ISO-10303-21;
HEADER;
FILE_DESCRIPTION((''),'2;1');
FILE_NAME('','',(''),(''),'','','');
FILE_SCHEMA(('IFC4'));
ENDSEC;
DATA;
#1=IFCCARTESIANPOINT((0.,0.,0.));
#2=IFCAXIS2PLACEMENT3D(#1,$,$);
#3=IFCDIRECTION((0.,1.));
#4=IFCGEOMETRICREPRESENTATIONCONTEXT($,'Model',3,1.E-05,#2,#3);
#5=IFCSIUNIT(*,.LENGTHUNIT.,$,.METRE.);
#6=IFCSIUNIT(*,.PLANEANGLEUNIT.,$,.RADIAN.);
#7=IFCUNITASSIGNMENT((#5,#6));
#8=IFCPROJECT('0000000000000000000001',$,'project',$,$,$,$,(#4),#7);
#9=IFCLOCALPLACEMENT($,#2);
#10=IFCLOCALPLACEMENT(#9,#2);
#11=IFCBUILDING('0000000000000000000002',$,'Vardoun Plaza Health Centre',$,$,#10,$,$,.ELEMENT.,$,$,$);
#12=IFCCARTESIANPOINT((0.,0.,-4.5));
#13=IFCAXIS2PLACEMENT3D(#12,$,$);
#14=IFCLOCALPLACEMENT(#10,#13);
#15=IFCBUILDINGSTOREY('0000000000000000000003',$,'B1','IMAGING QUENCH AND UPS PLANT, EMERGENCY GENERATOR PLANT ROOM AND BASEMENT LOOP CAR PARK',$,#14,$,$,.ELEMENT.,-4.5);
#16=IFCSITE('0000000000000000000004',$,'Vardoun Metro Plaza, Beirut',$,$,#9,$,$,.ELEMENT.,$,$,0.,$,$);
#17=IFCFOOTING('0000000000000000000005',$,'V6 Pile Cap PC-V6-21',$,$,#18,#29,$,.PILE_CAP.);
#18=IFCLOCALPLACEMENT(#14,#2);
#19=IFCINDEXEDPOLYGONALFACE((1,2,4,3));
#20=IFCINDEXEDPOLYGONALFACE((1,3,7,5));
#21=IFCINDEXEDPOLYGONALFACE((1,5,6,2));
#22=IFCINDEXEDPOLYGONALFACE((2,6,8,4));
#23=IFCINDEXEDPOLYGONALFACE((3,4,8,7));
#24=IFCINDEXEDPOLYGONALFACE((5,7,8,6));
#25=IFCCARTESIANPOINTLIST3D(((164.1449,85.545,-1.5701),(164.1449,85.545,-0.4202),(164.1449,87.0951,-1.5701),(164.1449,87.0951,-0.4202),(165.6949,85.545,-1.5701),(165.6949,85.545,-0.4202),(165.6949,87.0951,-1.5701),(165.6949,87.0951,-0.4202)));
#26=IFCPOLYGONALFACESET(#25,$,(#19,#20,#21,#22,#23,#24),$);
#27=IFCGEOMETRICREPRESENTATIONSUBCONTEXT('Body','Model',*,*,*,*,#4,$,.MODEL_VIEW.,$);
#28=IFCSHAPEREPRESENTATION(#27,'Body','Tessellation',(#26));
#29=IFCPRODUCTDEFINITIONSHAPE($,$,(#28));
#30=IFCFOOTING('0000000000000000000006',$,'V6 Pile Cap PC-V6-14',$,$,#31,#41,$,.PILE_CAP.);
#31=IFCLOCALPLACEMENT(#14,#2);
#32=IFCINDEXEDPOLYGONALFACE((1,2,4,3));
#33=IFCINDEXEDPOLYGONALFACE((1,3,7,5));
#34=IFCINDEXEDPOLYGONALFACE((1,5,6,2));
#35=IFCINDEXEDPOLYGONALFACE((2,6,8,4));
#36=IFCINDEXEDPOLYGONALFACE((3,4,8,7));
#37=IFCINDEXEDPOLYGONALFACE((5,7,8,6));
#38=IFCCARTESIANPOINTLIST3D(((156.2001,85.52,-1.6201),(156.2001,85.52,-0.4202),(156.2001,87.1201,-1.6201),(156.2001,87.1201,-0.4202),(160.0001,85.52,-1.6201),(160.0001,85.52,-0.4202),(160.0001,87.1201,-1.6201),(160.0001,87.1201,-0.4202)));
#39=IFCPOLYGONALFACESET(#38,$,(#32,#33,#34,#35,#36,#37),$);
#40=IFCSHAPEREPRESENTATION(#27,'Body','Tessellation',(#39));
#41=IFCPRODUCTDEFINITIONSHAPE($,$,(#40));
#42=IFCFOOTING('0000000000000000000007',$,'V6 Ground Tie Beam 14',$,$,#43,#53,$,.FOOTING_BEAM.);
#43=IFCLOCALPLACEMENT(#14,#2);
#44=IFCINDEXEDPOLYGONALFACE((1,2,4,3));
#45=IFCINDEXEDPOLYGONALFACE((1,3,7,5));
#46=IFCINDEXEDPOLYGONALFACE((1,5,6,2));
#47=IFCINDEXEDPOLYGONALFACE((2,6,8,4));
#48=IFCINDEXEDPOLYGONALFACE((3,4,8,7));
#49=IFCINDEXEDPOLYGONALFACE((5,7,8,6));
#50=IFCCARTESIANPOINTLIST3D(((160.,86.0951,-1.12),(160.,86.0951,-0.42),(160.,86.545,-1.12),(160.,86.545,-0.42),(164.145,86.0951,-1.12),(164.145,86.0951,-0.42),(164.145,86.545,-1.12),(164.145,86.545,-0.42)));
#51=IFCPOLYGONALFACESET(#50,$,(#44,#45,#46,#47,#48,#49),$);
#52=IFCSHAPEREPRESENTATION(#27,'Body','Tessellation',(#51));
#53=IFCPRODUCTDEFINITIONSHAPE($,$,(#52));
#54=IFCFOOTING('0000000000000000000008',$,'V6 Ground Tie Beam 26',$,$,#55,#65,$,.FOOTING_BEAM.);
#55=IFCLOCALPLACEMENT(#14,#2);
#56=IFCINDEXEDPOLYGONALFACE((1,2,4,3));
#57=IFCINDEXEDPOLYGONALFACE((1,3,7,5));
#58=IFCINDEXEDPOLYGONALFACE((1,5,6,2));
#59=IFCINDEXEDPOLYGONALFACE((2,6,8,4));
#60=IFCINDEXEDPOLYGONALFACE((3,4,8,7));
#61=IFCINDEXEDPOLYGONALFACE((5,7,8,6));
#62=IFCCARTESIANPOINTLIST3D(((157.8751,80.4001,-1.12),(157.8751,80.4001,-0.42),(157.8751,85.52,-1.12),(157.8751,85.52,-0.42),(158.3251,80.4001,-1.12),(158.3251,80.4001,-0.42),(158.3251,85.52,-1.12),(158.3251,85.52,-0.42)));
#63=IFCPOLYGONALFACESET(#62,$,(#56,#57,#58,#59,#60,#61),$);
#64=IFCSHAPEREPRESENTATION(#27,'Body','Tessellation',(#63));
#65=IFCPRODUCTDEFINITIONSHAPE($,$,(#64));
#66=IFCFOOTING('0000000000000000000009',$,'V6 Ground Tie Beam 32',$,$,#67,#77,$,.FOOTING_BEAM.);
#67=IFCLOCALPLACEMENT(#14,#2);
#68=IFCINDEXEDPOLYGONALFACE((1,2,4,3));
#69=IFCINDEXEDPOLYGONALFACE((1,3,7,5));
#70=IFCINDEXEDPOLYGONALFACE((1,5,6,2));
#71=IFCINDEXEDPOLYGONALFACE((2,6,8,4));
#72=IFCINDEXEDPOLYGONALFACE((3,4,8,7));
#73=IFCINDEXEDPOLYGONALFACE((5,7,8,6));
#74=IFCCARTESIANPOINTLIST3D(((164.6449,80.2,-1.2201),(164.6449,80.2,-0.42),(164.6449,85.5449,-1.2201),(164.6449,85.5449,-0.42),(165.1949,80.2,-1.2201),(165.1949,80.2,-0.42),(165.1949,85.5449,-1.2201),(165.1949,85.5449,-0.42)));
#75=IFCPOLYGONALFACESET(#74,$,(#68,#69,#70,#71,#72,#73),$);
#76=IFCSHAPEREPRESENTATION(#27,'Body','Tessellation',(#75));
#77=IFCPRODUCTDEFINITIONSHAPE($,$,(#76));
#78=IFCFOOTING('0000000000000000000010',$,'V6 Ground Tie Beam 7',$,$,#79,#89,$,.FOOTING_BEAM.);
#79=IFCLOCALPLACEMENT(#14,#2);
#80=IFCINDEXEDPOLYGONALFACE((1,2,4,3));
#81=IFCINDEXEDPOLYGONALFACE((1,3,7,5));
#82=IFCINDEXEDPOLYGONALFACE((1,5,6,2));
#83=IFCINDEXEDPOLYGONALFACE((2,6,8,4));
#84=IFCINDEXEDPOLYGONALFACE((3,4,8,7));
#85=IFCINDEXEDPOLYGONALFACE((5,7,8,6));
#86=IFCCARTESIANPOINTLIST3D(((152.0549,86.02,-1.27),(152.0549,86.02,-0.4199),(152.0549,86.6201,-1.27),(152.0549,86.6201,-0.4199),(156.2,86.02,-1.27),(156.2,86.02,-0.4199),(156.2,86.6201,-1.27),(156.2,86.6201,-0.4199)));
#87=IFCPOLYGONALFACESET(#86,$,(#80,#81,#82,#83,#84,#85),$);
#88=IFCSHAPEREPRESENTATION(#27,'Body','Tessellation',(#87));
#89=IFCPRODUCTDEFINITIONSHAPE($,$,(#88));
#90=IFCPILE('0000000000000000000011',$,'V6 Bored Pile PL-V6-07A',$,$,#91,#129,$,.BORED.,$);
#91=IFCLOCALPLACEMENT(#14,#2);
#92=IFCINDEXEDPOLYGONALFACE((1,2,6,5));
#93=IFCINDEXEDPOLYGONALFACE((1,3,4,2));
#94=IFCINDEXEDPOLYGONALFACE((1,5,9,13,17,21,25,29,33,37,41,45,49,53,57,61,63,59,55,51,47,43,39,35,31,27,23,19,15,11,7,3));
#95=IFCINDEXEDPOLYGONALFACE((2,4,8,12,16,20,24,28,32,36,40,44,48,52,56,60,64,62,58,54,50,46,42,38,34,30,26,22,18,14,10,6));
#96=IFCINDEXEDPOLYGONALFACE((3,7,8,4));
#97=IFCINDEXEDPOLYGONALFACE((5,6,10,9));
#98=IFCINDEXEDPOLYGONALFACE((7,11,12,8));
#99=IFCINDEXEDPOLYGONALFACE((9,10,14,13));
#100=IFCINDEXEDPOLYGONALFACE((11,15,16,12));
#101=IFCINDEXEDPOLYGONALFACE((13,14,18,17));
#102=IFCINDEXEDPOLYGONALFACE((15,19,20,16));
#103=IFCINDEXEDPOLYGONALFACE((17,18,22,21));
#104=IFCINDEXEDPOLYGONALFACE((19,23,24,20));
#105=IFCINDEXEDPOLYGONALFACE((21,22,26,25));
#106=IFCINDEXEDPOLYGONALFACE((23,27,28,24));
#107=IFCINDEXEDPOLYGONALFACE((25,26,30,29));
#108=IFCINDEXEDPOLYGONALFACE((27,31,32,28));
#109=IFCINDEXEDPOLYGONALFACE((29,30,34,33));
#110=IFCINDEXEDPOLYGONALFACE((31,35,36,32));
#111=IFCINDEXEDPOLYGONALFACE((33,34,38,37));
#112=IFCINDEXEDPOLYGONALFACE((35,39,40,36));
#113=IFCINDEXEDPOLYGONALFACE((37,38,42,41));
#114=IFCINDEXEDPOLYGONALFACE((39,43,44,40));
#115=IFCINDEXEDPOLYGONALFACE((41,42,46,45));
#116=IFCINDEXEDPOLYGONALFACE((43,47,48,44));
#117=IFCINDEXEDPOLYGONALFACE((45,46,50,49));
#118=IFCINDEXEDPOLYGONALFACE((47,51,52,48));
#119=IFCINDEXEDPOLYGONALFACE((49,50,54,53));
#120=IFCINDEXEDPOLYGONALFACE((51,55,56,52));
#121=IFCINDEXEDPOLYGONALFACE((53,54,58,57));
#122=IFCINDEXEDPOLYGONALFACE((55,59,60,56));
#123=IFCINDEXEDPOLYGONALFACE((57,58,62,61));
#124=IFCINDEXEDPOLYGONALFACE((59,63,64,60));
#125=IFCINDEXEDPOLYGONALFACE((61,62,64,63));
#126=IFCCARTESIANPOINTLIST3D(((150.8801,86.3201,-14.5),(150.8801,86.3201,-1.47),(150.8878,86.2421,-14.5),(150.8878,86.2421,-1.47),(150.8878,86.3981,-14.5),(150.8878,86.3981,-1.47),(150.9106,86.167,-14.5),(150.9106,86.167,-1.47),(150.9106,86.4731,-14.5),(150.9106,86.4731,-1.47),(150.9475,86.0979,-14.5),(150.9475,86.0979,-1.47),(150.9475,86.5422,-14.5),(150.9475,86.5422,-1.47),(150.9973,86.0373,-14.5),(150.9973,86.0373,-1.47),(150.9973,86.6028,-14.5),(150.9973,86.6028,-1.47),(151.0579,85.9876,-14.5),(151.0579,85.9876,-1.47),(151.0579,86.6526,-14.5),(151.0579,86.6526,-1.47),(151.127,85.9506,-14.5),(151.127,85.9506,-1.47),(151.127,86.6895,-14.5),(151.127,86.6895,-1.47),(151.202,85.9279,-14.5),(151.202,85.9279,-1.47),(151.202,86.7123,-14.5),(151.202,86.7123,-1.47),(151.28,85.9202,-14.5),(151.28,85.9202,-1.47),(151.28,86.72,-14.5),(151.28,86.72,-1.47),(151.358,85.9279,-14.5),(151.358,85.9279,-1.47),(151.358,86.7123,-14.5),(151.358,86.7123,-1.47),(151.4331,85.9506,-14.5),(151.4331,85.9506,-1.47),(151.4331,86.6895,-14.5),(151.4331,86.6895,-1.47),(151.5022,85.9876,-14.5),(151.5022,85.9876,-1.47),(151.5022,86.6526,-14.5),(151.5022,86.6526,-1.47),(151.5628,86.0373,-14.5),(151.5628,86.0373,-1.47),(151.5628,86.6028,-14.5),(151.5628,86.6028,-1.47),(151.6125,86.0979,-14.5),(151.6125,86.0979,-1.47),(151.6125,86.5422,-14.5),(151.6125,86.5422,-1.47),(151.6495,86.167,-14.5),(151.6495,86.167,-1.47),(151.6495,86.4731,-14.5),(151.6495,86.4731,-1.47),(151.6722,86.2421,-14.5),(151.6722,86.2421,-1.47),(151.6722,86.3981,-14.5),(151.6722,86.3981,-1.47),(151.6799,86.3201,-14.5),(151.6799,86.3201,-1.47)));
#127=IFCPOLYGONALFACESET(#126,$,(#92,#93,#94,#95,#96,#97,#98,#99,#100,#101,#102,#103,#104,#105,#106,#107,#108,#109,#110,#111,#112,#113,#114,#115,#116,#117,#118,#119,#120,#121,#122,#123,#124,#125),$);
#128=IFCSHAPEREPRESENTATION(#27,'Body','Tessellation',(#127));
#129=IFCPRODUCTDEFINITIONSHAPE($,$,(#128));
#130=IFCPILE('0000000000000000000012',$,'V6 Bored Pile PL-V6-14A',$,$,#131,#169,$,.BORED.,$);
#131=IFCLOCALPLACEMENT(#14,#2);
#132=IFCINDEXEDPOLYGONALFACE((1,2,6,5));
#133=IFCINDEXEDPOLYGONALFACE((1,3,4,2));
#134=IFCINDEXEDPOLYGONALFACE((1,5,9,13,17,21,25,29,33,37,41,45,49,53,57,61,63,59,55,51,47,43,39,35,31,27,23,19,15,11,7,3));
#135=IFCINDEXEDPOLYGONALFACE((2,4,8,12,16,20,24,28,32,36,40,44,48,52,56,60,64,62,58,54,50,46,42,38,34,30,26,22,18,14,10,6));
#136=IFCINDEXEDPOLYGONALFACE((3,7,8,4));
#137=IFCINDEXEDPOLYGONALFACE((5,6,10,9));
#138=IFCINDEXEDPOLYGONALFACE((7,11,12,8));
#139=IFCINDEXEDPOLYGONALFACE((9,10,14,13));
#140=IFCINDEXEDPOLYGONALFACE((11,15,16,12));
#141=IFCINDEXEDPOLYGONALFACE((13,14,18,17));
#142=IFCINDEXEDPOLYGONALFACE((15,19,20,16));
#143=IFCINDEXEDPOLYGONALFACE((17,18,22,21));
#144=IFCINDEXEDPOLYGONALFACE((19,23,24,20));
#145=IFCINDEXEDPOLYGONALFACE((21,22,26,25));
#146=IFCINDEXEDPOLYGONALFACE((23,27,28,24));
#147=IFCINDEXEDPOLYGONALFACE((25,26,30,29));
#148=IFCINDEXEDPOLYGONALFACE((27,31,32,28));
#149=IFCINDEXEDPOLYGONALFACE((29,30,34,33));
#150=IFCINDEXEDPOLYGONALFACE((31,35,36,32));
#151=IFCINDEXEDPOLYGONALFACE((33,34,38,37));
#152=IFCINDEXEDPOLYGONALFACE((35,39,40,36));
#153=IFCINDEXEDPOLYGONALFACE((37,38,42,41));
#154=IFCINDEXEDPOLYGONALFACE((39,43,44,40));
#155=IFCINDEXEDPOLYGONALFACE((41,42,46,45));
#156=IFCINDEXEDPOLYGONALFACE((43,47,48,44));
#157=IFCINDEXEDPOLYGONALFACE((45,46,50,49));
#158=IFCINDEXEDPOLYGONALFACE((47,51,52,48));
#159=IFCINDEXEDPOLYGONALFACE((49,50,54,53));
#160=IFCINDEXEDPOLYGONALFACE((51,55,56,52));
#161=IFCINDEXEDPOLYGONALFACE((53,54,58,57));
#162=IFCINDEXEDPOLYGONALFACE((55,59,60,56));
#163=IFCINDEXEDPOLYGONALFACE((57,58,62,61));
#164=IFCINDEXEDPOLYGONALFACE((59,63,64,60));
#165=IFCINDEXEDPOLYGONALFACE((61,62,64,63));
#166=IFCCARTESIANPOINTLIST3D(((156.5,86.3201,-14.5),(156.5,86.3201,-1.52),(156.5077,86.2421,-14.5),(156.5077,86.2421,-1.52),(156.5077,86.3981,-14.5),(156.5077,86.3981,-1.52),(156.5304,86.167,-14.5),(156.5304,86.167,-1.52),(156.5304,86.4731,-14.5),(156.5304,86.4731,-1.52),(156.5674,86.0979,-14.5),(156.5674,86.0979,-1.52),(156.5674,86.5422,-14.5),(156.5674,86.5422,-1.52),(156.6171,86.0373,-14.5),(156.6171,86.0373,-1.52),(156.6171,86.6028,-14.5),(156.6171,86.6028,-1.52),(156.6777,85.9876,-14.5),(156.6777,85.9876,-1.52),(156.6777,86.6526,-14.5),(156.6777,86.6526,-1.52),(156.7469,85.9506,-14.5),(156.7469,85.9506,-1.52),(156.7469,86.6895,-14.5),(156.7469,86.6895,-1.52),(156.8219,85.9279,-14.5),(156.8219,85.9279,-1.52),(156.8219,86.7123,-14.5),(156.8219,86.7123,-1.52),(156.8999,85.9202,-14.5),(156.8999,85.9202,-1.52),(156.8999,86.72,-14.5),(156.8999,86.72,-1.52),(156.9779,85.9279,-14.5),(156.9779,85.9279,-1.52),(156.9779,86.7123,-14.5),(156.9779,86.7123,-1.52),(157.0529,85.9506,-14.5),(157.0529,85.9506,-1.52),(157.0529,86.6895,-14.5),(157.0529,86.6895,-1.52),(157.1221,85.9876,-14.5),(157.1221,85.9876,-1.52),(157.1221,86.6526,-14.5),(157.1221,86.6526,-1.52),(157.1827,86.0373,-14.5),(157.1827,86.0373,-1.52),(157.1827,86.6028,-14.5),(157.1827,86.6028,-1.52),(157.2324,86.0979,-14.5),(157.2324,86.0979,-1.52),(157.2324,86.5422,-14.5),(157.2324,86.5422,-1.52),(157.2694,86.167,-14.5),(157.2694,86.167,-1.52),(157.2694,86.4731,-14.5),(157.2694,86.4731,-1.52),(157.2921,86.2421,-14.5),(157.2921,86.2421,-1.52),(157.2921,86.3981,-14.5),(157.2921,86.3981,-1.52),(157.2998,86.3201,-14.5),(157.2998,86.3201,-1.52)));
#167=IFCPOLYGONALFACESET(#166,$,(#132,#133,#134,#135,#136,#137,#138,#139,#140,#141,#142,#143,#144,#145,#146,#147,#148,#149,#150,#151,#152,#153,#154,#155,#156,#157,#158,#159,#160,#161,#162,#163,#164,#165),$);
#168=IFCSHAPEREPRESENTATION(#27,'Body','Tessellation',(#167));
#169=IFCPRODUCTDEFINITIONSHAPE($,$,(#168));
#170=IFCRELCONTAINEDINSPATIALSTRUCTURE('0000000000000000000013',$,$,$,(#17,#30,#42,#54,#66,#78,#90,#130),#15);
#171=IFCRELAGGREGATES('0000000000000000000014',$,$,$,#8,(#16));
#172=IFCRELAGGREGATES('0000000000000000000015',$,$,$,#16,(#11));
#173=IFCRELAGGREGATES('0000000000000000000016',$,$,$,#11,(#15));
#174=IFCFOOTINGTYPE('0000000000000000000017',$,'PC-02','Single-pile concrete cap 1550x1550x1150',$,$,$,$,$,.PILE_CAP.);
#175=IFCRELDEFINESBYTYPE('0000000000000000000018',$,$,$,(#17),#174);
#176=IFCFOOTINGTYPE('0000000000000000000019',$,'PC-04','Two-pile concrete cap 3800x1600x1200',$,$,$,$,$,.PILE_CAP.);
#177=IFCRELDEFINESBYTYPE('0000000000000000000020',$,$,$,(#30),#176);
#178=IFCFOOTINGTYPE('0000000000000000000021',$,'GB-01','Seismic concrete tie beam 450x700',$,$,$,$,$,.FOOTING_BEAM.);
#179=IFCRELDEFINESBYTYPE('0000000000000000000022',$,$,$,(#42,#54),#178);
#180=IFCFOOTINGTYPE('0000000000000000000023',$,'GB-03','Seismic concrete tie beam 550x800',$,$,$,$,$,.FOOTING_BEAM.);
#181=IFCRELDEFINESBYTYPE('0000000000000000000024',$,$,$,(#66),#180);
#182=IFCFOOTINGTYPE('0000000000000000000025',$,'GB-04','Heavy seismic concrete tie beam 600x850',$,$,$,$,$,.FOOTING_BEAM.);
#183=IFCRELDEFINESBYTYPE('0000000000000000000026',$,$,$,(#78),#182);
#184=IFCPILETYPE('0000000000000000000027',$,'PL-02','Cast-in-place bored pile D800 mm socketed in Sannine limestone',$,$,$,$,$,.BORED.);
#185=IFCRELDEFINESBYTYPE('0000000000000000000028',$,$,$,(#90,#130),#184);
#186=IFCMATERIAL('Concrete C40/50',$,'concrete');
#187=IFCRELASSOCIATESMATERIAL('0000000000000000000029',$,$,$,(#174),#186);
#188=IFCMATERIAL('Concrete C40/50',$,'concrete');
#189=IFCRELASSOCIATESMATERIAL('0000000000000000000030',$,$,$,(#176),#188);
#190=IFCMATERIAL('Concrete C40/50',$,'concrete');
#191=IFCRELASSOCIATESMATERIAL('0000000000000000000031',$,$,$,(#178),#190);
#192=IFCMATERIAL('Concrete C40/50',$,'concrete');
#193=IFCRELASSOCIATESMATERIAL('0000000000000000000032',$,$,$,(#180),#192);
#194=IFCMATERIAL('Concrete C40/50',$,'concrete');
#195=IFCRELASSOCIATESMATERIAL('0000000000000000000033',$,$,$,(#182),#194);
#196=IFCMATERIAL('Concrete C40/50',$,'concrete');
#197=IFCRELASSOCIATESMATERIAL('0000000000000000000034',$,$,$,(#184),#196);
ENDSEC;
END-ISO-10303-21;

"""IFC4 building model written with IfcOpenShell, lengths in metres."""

from ifc_helpers import new_model, si_unit, direction, frame, origin, origin_2d, place, context, subcontext, project, spatial, rectangle, circle, extrude, material, material_profile, profile_set, type_object, element, save


model = new_model("IFC4")

# Units and contexts
model_context = context("Model", 3, precision=1e-05, world=origin(), true_north=direction((0.0, 1.0)))
body_context = subcontext(model_context, "Body", "Model", "MODEL_VIEW")
ifc_project = project(units=[si_unit("LENGTHUNIT", "METRE"), si_unit("PLANEANGLEUNIT", "RADIAN")], contexts=[model_context])

# Site, building, storey
site_placement = place(None, origin())
site = spatial("IfcSite", under=ifc_project, at=site_placement, Name="Vardoun Metro Plaza, Beirut", CompositionType="ELEMENT", RefElevation=0.0)
building_placement = place(site_placement, origin())
building = spatial("IfcBuilding", under=site, at=building_placement, Name="Vardoun Plaza Health Centre", CompositionType="ELEMENT")
storey_placement = place(building_placement, frame((0.0, 0.0, -4.5)))
storey = spatial("IfcBuildingStorey", under=building, at=storey_placement, Name="B1", Description="IMAGING QUENCH AND UPS PLANT, EMERGENCY GENERATOR PLANT ROOM AND BASEMENT LOOP CAR PARK", CompositionType="ELEMENT", Elevation=-4.5)

# Footings
ifc_material_1 = material(Name="Concrete C40/50", Category="concrete")
footing_type_1 = type_object("IfcFootingType", Name="PC-02", Description="Single-pile concrete cap 1550x1550x1150", PredefinedType="PILE_CAP", material=ifc_material_1)
footing_1_placement = place(storey_placement, frame((164.9199, 86.3201, -1.5701), z_axis=(0.0, 0.0, 1.0), x_axis=(1.0, 0.0, 0.0)))
element("IfcFooting", 1, at=footing_1_placement, inside=storey, type_object=footing_type_1, Name="V6 Pile Cap PC-V6-21", PredefinedType="PILE_CAP", context=body_context, shape_type="SweptSolid", body=[
    extrude(rectangle(XDim=1.55, YDim=1.55, at=origin_2d()), origin(), (0.0, 0.0, 1.0), 1.1499),
])
ifc_material_2 = material(Name="Concrete C40/50", Category="concrete")
footing_type_2 = type_object("IfcFootingType", Name="PC-04", Description="Two-pile concrete cap 3800x1600x1200", PredefinedType="PILE_CAP", material=ifc_material_2)
footing_2_placement = place(storey_placement, frame((158.1001, 86.3201, -1.6201), z_axis=(0.0, 0.0, 1.0), x_axis=(1.0, 0.0, 0.0)))
element("IfcFooting", 2, at=footing_2_placement, inside=storey, type_object=footing_type_2, Name="V6 Pile Cap PC-V6-14", PredefinedType="PILE_CAP", context=body_context, shape_type="SweptSolid", body=[
    extrude(rectangle(XDim=3.8, YDim=1.6001, at=origin_2d()), origin(), (0.0, 0.0, 1.0), 1.2),
])
ifc_material_3 = material(Name="Concrete C40/50", Category="concrete")
ifc_material_profile_1 = material_profile(ifc_material_3, rectangle(XDim=0.45, YDim=0.7, at=origin_2d()), Name="GB 450x700")
ifc_profile_set_1 = profile_set([ifc_material_profile_1], Name="Concrete C40/50")
footing_type_3 = type_object("IfcFootingType", Name="GB-01", Description="Seismic concrete tie beam 450x700", PredefinedType="FOOTING_BEAM", material=ifc_profile_set_1)
footing_3_placement = place(storey_placement, frame((160.0, 86.3201, -0.77), z_axis=(1.0, 0.0, 0.0), x_axis=(0.0, 1.0, 0.0)))
element("IfcFooting", 3, at=footing_3_placement, inside=storey, type_object=footing_type_3, Name="V6 Ground Tie Beam 14", PredefinedType="FOOTING_BEAM", context=body_context, shape_type="SweptSolid", body=[
    extrude(rectangle(XDim=0.45, YDim=0.7, at=origin_2d()), origin(), (0.0, 0.0, 1.0), 4.145),
])
footing_4_placement = place(storey_placement, frame((158.1001, 80.4001, -0.77), z_axis=(0.0, 1.0, 0.0), x_axis=(-1.0, 0.0, 0.0)))
element("IfcFooting", 4, at=footing_4_placement, inside=storey, type_object=footing_type_3, Name="V6 Ground Tie Beam 26", PredefinedType="FOOTING_BEAM", context=body_context, shape_type="SweptSolid", body=[
    extrude(rectangle(XDim=0.45, YDim=0.7, at=origin_2d()), origin(), (0.0, 0.0, 1.0), 5.1199),
])
ifc_material_4 = material(Name="Concrete C40/50", Category="concrete")
ifc_material_profile_2 = material_profile(ifc_material_4, rectangle(XDim=0.55, YDim=0.8, at=origin_2d()), Name="GB 550x800")
ifc_profile_set_2 = profile_set([ifc_material_profile_2], Name="Concrete C40/50")
footing_type_4 = type_object("IfcFootingType", Name="GB-03", Description="Seismic concrete tie beam 550x800", PredefinedType="FOOTING_BEAM", material=ifc_profile_set_2)
footing_5_placement = place(storey_placement, frame((164.9199, 80.2, -0.8201), z_axis=(0.0, 1.0, 0.0), x_axis=(-1.0, 0.0, 0.0)))
element("IfcFooting", 5, at=footing_5_placement, inside=storey, type_object=footing_type_4, Name="V6 Ground Tie Beam 32", PredefinedType="FOOTING_BEAM", context=body_context, shape_type="SweptSolid", body=[
    extrude(rectangle(XDim=0.55, YDim=0.8, at=origin_2d()), origin(), (0.0, 0.0, 1.0), 5.345),
])
ifc_material_5 = material(Name="Concrete C40/50", Category="concrete")
ifc_material_profile_3 = material_profile(ifc_material_5, rectangle(XDim=0.6001, YDim=0.8501, at=origin_2d()), Name="GB 600x850")
ifc_profile_set_3 = profile_set([ifc_material_profile_3], Name="Concrete C40/50")
footing_type_5 = type_object("IfcFootingType", Name="GB-04", Description="Heavy seismic concrete tie beam 600x850", PredefinedType="FOOTING_BEAM", material=ifc_profile_set_3)
footing_6_placement = place(storey_placement, frame((152.0549, 86.3201, -0.845), z_axis=(1.0, 0.0, 0.0), x_axis=(0.0, 1.0, 0.0)))
element("IfcFooting", 6, at=footing_6_placement, inside=storey, type_object=footing_type_5, Name="V6 Ground Tie Beam 7", PredefinedType="FOOTING_BEAM", context=body_context, shape_type="SweptSolid", body=[
    extrude(rectangle(XDim=0.6001, YDim=0.8501, at=origin_2d()), origin(), (0.0, 0.0, 1.0), 4.145),
])

# Piles
ifc_material_6 = material(Name="Concrete C40/50", Category="concrete")
ifc_material_profile_4 = material_profile(ifc_material_6, circle(Radius=0.3999, at=origin_2d()), Name="PILE D800")
ifc_profile_set_4 = profile_set([ifc_material_profile_4], Name="Concrete C40/50")
pile_type_1 = type_object("IfcPileType", Name="PL-02", Description="Cast-in-place bored pile D800 mm socketed in Sannine limestone", PredefinedType="BORED", material=ifc_profile_set_4)
pile_1_placement = place(storey_placement, frame((151.28, 86.3201, -1.47), z_axis=(0.0, 0.0, -1.0), x_axis=(1.0, 0.0, 0.0)))
element("IfcPile", 7, at=pile_1_placement, inside=storey, type_object=pile_type_1, Name="V6 Bored Pile PL-V6-07A", PredefinedType="BORED", context=body_context, shape_type="SweptSolid", body=[
    extrude(circle(Radius=0.3999, at=origin_2d()), origin(), (0.0, 0.0, 1.0), 13.03),
])
for number, where, z_axis, x_axis, name in (
    (8, (156.8999, 86.3201, -1.52), (0.0, 0.0, -1.0), (1.0, 0.0, 0.0), "V6 Bored Pile PL-V6-14A"),
):
    element("IfcPile", number, at=place(storey_placement, frame(where, z_axis=z_axis, x_axis=x_axis)), inside=storey, type_object=pile_type_1, Name=name, PredefinedType="BORED", context=body_context, shape_type="SweptSolid", body=[
        extrude(circle(Radius=0.3999, at=origin_2d()), origin(), (0.0, 0.0, 1.0), 12.98),
    ])

save(model, "model.ifc")
